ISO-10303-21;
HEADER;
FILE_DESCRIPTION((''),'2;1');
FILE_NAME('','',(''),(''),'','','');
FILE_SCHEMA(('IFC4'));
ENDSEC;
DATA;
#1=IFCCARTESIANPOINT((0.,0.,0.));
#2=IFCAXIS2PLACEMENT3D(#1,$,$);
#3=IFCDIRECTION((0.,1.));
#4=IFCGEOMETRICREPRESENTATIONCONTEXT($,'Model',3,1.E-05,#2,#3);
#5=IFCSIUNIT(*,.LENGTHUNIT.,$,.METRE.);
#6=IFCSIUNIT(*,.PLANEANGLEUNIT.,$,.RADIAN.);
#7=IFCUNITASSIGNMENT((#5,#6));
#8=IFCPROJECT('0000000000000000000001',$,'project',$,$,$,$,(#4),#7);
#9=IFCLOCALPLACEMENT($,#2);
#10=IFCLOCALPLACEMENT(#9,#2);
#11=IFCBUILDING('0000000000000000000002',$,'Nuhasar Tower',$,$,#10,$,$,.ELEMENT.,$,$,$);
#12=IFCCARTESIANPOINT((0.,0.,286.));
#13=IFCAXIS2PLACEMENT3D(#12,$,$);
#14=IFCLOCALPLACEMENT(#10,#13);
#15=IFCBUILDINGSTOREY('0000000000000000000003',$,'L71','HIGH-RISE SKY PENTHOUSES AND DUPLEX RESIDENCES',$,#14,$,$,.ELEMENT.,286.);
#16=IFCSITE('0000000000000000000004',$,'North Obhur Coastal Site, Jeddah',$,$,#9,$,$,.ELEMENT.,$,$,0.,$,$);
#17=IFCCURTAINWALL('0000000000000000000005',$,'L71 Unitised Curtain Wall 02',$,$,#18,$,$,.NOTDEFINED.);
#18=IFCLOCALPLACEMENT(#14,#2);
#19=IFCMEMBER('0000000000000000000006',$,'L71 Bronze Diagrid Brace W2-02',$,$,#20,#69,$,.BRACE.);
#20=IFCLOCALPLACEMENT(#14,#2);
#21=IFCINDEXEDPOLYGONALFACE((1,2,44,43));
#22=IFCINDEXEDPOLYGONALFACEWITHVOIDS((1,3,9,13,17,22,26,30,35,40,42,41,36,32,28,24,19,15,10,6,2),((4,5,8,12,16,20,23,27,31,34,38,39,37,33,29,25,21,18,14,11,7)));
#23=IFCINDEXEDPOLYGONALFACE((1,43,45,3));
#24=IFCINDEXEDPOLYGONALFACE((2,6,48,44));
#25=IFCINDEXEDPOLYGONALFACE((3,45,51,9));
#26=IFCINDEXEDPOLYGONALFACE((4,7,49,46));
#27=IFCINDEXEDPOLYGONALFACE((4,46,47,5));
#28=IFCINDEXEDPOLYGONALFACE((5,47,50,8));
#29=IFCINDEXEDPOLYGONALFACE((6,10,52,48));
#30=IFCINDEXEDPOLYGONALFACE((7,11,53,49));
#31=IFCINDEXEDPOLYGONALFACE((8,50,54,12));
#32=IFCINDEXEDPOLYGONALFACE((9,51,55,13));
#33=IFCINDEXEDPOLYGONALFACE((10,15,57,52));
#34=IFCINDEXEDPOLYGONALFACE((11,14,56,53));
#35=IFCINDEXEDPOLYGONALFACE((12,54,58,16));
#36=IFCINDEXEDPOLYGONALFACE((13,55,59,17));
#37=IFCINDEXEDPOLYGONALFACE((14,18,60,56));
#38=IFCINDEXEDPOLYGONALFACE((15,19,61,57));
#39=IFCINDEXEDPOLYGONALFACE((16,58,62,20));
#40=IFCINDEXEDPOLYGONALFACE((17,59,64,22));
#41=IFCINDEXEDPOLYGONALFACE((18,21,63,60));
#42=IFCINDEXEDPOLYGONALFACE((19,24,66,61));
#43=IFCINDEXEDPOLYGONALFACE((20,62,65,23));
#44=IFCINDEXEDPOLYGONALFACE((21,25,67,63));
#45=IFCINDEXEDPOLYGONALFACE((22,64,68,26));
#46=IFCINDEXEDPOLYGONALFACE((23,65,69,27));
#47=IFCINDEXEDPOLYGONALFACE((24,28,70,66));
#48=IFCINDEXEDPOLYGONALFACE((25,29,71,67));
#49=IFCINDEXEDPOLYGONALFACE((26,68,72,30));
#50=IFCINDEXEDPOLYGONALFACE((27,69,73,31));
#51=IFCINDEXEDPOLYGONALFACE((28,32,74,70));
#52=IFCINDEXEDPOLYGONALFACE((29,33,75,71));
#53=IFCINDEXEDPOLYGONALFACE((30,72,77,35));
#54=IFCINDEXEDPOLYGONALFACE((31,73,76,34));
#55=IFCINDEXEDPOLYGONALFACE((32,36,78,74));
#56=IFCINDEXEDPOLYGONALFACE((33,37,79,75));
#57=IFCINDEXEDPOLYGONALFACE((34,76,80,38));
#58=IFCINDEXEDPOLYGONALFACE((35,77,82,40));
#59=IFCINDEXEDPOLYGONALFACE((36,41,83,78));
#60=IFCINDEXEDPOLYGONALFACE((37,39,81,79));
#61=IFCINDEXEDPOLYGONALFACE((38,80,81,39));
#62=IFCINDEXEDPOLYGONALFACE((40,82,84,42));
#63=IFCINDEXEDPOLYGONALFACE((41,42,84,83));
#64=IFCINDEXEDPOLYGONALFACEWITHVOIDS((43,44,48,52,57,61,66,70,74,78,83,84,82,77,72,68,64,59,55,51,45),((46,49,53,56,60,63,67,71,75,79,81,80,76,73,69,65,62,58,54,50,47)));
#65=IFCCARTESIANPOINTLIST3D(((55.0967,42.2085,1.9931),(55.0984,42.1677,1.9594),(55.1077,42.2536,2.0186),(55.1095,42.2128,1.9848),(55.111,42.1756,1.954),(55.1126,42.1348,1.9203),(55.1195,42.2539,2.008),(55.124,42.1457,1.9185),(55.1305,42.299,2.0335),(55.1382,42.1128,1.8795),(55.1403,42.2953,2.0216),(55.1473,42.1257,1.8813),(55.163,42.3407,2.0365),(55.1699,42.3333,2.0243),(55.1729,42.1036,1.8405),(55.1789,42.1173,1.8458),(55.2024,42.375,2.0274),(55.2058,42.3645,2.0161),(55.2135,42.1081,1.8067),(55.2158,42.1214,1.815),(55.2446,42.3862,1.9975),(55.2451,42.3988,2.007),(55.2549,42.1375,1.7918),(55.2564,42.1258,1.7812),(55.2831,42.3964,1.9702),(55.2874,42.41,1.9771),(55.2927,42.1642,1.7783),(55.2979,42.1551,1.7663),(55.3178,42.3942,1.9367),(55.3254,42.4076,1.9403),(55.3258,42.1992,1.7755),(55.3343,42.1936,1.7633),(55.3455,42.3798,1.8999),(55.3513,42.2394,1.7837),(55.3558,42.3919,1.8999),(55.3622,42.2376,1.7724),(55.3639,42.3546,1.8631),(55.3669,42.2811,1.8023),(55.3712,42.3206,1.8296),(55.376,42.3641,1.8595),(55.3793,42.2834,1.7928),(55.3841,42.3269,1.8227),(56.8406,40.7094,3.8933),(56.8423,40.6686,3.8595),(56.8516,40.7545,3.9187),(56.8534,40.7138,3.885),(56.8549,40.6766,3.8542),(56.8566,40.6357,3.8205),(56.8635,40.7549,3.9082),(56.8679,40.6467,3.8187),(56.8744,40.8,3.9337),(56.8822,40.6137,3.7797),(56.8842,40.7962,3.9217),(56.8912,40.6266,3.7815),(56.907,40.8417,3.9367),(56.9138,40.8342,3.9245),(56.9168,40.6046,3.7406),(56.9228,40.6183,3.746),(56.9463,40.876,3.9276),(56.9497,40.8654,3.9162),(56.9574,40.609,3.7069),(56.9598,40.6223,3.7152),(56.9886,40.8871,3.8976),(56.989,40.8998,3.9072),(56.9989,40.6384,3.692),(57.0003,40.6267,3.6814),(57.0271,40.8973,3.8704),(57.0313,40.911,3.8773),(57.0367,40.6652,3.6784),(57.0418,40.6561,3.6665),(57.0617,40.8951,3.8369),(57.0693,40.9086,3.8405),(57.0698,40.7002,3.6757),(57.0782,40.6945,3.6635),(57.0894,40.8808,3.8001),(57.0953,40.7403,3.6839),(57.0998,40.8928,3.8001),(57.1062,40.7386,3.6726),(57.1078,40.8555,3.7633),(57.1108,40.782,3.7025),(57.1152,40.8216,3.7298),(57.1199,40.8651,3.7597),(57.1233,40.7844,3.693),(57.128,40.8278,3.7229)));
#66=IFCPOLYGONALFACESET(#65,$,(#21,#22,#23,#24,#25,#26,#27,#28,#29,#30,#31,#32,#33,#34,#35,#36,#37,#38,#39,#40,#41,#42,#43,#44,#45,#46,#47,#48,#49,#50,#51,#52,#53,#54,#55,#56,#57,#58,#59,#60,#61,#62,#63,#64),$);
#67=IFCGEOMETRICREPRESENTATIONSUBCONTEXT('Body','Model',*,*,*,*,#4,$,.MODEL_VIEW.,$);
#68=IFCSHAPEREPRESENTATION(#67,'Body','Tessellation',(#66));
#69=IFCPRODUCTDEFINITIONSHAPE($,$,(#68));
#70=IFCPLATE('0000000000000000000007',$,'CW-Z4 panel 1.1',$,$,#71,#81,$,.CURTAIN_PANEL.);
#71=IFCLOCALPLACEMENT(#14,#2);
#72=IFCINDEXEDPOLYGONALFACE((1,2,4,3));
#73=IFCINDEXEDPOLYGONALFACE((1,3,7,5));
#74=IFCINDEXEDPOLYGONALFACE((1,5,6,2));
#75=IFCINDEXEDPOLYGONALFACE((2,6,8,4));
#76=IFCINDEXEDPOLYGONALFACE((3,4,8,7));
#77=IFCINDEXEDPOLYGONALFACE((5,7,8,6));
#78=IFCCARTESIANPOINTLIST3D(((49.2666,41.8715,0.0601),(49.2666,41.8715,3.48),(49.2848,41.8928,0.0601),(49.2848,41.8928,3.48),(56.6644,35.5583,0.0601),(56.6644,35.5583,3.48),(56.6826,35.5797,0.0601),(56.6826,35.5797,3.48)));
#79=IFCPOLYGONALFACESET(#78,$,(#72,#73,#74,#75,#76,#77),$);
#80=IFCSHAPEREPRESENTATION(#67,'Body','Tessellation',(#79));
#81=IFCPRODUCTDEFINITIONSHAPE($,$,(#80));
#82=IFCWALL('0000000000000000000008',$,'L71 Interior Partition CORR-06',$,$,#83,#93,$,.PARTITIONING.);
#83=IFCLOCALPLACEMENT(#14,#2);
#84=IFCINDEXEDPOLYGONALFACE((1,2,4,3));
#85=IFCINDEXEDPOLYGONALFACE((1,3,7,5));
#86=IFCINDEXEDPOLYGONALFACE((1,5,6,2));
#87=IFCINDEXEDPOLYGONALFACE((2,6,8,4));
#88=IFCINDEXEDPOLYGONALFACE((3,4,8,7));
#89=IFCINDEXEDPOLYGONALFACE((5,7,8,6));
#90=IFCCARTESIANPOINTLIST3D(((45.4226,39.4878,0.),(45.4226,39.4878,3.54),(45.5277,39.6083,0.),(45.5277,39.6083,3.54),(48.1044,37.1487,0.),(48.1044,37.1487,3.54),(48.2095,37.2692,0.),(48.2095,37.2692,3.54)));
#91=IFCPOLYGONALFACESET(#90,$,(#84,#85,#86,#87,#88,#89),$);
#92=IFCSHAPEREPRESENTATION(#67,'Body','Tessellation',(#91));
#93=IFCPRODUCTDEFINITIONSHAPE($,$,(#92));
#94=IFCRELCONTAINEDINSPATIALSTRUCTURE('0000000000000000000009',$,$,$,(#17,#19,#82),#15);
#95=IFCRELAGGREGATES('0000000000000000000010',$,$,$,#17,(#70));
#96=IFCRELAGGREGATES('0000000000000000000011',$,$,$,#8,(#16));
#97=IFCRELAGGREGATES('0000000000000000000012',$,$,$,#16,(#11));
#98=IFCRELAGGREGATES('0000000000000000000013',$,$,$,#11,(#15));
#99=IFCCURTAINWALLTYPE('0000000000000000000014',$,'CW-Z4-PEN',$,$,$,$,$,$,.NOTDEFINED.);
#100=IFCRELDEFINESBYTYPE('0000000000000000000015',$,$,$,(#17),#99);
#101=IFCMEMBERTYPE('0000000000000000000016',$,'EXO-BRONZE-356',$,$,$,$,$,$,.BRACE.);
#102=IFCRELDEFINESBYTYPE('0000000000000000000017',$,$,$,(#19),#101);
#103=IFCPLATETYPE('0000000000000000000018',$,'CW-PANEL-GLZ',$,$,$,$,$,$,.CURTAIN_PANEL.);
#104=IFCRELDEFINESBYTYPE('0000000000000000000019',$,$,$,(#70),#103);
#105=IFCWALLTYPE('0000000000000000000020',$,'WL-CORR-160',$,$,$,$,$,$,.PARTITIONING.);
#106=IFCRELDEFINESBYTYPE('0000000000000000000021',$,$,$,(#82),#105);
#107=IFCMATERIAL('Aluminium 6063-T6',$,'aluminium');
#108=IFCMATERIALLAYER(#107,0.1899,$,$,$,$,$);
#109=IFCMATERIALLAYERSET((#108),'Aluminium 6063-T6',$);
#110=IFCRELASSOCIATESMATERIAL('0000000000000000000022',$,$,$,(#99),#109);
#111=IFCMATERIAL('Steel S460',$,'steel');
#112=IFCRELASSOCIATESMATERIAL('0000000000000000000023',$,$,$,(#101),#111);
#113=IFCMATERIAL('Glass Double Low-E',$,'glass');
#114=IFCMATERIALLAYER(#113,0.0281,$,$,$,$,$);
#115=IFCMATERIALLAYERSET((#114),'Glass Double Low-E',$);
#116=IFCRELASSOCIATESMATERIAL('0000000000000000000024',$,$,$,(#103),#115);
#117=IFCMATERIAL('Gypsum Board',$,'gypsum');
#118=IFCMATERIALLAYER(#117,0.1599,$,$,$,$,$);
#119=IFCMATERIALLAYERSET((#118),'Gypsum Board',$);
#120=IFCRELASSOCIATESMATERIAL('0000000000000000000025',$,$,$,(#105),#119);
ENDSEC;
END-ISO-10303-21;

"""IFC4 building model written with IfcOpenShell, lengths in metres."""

from ifc_helpers import new_model, si_unit, direction, frame, frame_2d, origin, origin_2d, place, context, subcontext, project, spatial, rectangle, hollow_circle, extrude, material, layer, layer_set, material_profile, profile_set, type_object, element, aggregate, save


model = new_model("IFC4")

# Units and contexts
model_context = context("Model", 3, precision=1e-05, world=origin(), true_north=direction((0.0, 1.0)))
body_context = subcontext(model_context, "Body", "Model", "MODEL_VIEW")
ifc_project = project(units=[si_unit("LENGTHUNIT", "METRE"), si_unit("PLANEANGLEUNIT", "RADIAN")], contexts=[model_context])

# Site, building, storey
site_placement = place(None, origin())
site = spatial("IfcSite", under=ifc_project, at=site_placement, Name="North Obhur Coastal Site, Jeddah", CompositionType="ELEMENT", RefElevation=0.0)
building_placement = place(site_placement, origin())
building = spatial("IfcBuilding", under=site, at=building_placement, Name="Nuhasar Tower", CompositionType="ELEMENT")
storey_placement = place(building_placement, frame((0.0, 0.0, 286.0)))
storey = spatial("IfcBuildingStorey", under=building, at=storey_placement, Name="L71", Description="HIGH-RISE SKY PENTHOUSES AND DUPLEX RESIDENCES", CompositionType="ELEMENT", Elevation=286.0)

# Shared definitions
ifc_material_1 = material(Name="Aluminium 6063-T6", Category="aluminium")
ifc_layer_1 = layer(ifc_material_1, 0.1899)
ifc_layer_set_1 = layer_set([ifc_layer_1], Name="Aluminium 6063-T6")
curtain_wall_type = type_object("IfcCurtainWallType", Name="CW-Z4-PEN", PredefinedType="NOTDEFINED", material=ifc_layer_set_1)

# Curtain wall
curtain_wall_1_placement = place(storey_placement, origin())
curtain_wall_1 = element("IfcCurtainWall", 1, at=curtain_wall_1_placement, inside=storey, type_object=curtain_wall_type, Name="L71 Unitised Curtain Wall 02", PredefinedType="NOTDEFINED")

# Member
ifc_material_2 = material(Name="Steel S460", Category="steel")
ifc_material_profile_1 = material_profile(ifc_material_2, hollow_circle(Radius=0.1777, WallThickness=0.0159, at=origin_2d()), Name="HSS355.6X15.9")
ifc_profile_set_1 = profile_set([ifc_material_profile_1], Name="Steel S460")
member_type_1 = type_object("IfcMemberType", Name="EXO-BRONZE-356", PredefinedType="BRACE", material=ifc_profile_set_1)
member_1_placement = place(storey_placement, frame((55.24, 42.2571, 1.8999), z_axis=(0.584595, -0.502508, 0.636973), x_axis=(0.651857, 0.758342, 0.0)))
element("IfcMember", 2, at=member_1_placement, inside=storey, type_object=member_type_1, Name="L71 Bronze Diagrid Brace W2-02", PredefinedType="BRACE", context=body_context, shape_type="SweptSolid", body=[
    extrude(hollow_circle(Radius=0.1777, WallThickness=0.0159, at=origin_2d()), origin(), (0.0, 0.0, 1.0), 2.9832),
])

# Plate
ifc_material_3 = material(Name="Glass Double Low-E", Category="glass")
ifc_layer_2 = layer(ifc_material_3, 0.0281)
ifc_layer_set_2 = layer_set([ifc_layer_2], Name="Glass Double Low-E")
plate_type = type_object("IfcPlateType", Name="CW-PANEL-GLZ", PredefinedType="CURTAIN_PANEL", material=ifc_layer_set_2)
plate_placement = place(storey_placement, frame((52.9746, 38.7256, 0.0601), z_axis=(0.0, 0.0, 1.0), x_axis=(-0.760667, 0.649142, 0.0)))
plate = element("IfcPlate", 3, at=plate_placement, type_object=plate_type, Name="CW-Z4 panel 1.1", PredefinedType="CURTAIN_PANEL", context=body_context, shape_type="SweptSolid", body=[
    extrude(rectangle(XDim=9.7253, YDim=0.0281, at=origin_2d()), origin(), (0.0, 0.0, 1.0), 3.4199),
])
aggregate(curtain_wall_1, [plate])

# Wall
ifc_material_4 = material(Name="Gypsum Board", Category="gypsum")
ifc_layer_3 = layer(ifc_material_4, 0.1599)
ifc_layer_set_3 = layer_set([ifc_layer_3], Name="Gypsum Board")
wall_type = type_object("IfcWallType", Name="WL-CORR-160", PredefinedType="PARTITIONING", material=ifc_layer_set_3)
wall_placement = place(storey_placement, frame((48.157, 37.209, 0.0), z_axis=(0.0, 0.0, 1.0), x_axis=(-0.753625, 0.657304, 0.0)))
element("IfcWall", 4, at=wall_placement, inside=storey, type_object=wall_type, Name="L71 Interior Partition CORR-06", PredefinedType="PARTITIONING", context=body_context, shape_type="SweptSolid", body=[
    extrude(rectangle(XDim=3.5586, YDim=0.1599, at=frame_2d((1.7793, 0.0))), origin(), (0.0, 0.0, 1.0), 3.54),
])

save(model, "model.ifc")
